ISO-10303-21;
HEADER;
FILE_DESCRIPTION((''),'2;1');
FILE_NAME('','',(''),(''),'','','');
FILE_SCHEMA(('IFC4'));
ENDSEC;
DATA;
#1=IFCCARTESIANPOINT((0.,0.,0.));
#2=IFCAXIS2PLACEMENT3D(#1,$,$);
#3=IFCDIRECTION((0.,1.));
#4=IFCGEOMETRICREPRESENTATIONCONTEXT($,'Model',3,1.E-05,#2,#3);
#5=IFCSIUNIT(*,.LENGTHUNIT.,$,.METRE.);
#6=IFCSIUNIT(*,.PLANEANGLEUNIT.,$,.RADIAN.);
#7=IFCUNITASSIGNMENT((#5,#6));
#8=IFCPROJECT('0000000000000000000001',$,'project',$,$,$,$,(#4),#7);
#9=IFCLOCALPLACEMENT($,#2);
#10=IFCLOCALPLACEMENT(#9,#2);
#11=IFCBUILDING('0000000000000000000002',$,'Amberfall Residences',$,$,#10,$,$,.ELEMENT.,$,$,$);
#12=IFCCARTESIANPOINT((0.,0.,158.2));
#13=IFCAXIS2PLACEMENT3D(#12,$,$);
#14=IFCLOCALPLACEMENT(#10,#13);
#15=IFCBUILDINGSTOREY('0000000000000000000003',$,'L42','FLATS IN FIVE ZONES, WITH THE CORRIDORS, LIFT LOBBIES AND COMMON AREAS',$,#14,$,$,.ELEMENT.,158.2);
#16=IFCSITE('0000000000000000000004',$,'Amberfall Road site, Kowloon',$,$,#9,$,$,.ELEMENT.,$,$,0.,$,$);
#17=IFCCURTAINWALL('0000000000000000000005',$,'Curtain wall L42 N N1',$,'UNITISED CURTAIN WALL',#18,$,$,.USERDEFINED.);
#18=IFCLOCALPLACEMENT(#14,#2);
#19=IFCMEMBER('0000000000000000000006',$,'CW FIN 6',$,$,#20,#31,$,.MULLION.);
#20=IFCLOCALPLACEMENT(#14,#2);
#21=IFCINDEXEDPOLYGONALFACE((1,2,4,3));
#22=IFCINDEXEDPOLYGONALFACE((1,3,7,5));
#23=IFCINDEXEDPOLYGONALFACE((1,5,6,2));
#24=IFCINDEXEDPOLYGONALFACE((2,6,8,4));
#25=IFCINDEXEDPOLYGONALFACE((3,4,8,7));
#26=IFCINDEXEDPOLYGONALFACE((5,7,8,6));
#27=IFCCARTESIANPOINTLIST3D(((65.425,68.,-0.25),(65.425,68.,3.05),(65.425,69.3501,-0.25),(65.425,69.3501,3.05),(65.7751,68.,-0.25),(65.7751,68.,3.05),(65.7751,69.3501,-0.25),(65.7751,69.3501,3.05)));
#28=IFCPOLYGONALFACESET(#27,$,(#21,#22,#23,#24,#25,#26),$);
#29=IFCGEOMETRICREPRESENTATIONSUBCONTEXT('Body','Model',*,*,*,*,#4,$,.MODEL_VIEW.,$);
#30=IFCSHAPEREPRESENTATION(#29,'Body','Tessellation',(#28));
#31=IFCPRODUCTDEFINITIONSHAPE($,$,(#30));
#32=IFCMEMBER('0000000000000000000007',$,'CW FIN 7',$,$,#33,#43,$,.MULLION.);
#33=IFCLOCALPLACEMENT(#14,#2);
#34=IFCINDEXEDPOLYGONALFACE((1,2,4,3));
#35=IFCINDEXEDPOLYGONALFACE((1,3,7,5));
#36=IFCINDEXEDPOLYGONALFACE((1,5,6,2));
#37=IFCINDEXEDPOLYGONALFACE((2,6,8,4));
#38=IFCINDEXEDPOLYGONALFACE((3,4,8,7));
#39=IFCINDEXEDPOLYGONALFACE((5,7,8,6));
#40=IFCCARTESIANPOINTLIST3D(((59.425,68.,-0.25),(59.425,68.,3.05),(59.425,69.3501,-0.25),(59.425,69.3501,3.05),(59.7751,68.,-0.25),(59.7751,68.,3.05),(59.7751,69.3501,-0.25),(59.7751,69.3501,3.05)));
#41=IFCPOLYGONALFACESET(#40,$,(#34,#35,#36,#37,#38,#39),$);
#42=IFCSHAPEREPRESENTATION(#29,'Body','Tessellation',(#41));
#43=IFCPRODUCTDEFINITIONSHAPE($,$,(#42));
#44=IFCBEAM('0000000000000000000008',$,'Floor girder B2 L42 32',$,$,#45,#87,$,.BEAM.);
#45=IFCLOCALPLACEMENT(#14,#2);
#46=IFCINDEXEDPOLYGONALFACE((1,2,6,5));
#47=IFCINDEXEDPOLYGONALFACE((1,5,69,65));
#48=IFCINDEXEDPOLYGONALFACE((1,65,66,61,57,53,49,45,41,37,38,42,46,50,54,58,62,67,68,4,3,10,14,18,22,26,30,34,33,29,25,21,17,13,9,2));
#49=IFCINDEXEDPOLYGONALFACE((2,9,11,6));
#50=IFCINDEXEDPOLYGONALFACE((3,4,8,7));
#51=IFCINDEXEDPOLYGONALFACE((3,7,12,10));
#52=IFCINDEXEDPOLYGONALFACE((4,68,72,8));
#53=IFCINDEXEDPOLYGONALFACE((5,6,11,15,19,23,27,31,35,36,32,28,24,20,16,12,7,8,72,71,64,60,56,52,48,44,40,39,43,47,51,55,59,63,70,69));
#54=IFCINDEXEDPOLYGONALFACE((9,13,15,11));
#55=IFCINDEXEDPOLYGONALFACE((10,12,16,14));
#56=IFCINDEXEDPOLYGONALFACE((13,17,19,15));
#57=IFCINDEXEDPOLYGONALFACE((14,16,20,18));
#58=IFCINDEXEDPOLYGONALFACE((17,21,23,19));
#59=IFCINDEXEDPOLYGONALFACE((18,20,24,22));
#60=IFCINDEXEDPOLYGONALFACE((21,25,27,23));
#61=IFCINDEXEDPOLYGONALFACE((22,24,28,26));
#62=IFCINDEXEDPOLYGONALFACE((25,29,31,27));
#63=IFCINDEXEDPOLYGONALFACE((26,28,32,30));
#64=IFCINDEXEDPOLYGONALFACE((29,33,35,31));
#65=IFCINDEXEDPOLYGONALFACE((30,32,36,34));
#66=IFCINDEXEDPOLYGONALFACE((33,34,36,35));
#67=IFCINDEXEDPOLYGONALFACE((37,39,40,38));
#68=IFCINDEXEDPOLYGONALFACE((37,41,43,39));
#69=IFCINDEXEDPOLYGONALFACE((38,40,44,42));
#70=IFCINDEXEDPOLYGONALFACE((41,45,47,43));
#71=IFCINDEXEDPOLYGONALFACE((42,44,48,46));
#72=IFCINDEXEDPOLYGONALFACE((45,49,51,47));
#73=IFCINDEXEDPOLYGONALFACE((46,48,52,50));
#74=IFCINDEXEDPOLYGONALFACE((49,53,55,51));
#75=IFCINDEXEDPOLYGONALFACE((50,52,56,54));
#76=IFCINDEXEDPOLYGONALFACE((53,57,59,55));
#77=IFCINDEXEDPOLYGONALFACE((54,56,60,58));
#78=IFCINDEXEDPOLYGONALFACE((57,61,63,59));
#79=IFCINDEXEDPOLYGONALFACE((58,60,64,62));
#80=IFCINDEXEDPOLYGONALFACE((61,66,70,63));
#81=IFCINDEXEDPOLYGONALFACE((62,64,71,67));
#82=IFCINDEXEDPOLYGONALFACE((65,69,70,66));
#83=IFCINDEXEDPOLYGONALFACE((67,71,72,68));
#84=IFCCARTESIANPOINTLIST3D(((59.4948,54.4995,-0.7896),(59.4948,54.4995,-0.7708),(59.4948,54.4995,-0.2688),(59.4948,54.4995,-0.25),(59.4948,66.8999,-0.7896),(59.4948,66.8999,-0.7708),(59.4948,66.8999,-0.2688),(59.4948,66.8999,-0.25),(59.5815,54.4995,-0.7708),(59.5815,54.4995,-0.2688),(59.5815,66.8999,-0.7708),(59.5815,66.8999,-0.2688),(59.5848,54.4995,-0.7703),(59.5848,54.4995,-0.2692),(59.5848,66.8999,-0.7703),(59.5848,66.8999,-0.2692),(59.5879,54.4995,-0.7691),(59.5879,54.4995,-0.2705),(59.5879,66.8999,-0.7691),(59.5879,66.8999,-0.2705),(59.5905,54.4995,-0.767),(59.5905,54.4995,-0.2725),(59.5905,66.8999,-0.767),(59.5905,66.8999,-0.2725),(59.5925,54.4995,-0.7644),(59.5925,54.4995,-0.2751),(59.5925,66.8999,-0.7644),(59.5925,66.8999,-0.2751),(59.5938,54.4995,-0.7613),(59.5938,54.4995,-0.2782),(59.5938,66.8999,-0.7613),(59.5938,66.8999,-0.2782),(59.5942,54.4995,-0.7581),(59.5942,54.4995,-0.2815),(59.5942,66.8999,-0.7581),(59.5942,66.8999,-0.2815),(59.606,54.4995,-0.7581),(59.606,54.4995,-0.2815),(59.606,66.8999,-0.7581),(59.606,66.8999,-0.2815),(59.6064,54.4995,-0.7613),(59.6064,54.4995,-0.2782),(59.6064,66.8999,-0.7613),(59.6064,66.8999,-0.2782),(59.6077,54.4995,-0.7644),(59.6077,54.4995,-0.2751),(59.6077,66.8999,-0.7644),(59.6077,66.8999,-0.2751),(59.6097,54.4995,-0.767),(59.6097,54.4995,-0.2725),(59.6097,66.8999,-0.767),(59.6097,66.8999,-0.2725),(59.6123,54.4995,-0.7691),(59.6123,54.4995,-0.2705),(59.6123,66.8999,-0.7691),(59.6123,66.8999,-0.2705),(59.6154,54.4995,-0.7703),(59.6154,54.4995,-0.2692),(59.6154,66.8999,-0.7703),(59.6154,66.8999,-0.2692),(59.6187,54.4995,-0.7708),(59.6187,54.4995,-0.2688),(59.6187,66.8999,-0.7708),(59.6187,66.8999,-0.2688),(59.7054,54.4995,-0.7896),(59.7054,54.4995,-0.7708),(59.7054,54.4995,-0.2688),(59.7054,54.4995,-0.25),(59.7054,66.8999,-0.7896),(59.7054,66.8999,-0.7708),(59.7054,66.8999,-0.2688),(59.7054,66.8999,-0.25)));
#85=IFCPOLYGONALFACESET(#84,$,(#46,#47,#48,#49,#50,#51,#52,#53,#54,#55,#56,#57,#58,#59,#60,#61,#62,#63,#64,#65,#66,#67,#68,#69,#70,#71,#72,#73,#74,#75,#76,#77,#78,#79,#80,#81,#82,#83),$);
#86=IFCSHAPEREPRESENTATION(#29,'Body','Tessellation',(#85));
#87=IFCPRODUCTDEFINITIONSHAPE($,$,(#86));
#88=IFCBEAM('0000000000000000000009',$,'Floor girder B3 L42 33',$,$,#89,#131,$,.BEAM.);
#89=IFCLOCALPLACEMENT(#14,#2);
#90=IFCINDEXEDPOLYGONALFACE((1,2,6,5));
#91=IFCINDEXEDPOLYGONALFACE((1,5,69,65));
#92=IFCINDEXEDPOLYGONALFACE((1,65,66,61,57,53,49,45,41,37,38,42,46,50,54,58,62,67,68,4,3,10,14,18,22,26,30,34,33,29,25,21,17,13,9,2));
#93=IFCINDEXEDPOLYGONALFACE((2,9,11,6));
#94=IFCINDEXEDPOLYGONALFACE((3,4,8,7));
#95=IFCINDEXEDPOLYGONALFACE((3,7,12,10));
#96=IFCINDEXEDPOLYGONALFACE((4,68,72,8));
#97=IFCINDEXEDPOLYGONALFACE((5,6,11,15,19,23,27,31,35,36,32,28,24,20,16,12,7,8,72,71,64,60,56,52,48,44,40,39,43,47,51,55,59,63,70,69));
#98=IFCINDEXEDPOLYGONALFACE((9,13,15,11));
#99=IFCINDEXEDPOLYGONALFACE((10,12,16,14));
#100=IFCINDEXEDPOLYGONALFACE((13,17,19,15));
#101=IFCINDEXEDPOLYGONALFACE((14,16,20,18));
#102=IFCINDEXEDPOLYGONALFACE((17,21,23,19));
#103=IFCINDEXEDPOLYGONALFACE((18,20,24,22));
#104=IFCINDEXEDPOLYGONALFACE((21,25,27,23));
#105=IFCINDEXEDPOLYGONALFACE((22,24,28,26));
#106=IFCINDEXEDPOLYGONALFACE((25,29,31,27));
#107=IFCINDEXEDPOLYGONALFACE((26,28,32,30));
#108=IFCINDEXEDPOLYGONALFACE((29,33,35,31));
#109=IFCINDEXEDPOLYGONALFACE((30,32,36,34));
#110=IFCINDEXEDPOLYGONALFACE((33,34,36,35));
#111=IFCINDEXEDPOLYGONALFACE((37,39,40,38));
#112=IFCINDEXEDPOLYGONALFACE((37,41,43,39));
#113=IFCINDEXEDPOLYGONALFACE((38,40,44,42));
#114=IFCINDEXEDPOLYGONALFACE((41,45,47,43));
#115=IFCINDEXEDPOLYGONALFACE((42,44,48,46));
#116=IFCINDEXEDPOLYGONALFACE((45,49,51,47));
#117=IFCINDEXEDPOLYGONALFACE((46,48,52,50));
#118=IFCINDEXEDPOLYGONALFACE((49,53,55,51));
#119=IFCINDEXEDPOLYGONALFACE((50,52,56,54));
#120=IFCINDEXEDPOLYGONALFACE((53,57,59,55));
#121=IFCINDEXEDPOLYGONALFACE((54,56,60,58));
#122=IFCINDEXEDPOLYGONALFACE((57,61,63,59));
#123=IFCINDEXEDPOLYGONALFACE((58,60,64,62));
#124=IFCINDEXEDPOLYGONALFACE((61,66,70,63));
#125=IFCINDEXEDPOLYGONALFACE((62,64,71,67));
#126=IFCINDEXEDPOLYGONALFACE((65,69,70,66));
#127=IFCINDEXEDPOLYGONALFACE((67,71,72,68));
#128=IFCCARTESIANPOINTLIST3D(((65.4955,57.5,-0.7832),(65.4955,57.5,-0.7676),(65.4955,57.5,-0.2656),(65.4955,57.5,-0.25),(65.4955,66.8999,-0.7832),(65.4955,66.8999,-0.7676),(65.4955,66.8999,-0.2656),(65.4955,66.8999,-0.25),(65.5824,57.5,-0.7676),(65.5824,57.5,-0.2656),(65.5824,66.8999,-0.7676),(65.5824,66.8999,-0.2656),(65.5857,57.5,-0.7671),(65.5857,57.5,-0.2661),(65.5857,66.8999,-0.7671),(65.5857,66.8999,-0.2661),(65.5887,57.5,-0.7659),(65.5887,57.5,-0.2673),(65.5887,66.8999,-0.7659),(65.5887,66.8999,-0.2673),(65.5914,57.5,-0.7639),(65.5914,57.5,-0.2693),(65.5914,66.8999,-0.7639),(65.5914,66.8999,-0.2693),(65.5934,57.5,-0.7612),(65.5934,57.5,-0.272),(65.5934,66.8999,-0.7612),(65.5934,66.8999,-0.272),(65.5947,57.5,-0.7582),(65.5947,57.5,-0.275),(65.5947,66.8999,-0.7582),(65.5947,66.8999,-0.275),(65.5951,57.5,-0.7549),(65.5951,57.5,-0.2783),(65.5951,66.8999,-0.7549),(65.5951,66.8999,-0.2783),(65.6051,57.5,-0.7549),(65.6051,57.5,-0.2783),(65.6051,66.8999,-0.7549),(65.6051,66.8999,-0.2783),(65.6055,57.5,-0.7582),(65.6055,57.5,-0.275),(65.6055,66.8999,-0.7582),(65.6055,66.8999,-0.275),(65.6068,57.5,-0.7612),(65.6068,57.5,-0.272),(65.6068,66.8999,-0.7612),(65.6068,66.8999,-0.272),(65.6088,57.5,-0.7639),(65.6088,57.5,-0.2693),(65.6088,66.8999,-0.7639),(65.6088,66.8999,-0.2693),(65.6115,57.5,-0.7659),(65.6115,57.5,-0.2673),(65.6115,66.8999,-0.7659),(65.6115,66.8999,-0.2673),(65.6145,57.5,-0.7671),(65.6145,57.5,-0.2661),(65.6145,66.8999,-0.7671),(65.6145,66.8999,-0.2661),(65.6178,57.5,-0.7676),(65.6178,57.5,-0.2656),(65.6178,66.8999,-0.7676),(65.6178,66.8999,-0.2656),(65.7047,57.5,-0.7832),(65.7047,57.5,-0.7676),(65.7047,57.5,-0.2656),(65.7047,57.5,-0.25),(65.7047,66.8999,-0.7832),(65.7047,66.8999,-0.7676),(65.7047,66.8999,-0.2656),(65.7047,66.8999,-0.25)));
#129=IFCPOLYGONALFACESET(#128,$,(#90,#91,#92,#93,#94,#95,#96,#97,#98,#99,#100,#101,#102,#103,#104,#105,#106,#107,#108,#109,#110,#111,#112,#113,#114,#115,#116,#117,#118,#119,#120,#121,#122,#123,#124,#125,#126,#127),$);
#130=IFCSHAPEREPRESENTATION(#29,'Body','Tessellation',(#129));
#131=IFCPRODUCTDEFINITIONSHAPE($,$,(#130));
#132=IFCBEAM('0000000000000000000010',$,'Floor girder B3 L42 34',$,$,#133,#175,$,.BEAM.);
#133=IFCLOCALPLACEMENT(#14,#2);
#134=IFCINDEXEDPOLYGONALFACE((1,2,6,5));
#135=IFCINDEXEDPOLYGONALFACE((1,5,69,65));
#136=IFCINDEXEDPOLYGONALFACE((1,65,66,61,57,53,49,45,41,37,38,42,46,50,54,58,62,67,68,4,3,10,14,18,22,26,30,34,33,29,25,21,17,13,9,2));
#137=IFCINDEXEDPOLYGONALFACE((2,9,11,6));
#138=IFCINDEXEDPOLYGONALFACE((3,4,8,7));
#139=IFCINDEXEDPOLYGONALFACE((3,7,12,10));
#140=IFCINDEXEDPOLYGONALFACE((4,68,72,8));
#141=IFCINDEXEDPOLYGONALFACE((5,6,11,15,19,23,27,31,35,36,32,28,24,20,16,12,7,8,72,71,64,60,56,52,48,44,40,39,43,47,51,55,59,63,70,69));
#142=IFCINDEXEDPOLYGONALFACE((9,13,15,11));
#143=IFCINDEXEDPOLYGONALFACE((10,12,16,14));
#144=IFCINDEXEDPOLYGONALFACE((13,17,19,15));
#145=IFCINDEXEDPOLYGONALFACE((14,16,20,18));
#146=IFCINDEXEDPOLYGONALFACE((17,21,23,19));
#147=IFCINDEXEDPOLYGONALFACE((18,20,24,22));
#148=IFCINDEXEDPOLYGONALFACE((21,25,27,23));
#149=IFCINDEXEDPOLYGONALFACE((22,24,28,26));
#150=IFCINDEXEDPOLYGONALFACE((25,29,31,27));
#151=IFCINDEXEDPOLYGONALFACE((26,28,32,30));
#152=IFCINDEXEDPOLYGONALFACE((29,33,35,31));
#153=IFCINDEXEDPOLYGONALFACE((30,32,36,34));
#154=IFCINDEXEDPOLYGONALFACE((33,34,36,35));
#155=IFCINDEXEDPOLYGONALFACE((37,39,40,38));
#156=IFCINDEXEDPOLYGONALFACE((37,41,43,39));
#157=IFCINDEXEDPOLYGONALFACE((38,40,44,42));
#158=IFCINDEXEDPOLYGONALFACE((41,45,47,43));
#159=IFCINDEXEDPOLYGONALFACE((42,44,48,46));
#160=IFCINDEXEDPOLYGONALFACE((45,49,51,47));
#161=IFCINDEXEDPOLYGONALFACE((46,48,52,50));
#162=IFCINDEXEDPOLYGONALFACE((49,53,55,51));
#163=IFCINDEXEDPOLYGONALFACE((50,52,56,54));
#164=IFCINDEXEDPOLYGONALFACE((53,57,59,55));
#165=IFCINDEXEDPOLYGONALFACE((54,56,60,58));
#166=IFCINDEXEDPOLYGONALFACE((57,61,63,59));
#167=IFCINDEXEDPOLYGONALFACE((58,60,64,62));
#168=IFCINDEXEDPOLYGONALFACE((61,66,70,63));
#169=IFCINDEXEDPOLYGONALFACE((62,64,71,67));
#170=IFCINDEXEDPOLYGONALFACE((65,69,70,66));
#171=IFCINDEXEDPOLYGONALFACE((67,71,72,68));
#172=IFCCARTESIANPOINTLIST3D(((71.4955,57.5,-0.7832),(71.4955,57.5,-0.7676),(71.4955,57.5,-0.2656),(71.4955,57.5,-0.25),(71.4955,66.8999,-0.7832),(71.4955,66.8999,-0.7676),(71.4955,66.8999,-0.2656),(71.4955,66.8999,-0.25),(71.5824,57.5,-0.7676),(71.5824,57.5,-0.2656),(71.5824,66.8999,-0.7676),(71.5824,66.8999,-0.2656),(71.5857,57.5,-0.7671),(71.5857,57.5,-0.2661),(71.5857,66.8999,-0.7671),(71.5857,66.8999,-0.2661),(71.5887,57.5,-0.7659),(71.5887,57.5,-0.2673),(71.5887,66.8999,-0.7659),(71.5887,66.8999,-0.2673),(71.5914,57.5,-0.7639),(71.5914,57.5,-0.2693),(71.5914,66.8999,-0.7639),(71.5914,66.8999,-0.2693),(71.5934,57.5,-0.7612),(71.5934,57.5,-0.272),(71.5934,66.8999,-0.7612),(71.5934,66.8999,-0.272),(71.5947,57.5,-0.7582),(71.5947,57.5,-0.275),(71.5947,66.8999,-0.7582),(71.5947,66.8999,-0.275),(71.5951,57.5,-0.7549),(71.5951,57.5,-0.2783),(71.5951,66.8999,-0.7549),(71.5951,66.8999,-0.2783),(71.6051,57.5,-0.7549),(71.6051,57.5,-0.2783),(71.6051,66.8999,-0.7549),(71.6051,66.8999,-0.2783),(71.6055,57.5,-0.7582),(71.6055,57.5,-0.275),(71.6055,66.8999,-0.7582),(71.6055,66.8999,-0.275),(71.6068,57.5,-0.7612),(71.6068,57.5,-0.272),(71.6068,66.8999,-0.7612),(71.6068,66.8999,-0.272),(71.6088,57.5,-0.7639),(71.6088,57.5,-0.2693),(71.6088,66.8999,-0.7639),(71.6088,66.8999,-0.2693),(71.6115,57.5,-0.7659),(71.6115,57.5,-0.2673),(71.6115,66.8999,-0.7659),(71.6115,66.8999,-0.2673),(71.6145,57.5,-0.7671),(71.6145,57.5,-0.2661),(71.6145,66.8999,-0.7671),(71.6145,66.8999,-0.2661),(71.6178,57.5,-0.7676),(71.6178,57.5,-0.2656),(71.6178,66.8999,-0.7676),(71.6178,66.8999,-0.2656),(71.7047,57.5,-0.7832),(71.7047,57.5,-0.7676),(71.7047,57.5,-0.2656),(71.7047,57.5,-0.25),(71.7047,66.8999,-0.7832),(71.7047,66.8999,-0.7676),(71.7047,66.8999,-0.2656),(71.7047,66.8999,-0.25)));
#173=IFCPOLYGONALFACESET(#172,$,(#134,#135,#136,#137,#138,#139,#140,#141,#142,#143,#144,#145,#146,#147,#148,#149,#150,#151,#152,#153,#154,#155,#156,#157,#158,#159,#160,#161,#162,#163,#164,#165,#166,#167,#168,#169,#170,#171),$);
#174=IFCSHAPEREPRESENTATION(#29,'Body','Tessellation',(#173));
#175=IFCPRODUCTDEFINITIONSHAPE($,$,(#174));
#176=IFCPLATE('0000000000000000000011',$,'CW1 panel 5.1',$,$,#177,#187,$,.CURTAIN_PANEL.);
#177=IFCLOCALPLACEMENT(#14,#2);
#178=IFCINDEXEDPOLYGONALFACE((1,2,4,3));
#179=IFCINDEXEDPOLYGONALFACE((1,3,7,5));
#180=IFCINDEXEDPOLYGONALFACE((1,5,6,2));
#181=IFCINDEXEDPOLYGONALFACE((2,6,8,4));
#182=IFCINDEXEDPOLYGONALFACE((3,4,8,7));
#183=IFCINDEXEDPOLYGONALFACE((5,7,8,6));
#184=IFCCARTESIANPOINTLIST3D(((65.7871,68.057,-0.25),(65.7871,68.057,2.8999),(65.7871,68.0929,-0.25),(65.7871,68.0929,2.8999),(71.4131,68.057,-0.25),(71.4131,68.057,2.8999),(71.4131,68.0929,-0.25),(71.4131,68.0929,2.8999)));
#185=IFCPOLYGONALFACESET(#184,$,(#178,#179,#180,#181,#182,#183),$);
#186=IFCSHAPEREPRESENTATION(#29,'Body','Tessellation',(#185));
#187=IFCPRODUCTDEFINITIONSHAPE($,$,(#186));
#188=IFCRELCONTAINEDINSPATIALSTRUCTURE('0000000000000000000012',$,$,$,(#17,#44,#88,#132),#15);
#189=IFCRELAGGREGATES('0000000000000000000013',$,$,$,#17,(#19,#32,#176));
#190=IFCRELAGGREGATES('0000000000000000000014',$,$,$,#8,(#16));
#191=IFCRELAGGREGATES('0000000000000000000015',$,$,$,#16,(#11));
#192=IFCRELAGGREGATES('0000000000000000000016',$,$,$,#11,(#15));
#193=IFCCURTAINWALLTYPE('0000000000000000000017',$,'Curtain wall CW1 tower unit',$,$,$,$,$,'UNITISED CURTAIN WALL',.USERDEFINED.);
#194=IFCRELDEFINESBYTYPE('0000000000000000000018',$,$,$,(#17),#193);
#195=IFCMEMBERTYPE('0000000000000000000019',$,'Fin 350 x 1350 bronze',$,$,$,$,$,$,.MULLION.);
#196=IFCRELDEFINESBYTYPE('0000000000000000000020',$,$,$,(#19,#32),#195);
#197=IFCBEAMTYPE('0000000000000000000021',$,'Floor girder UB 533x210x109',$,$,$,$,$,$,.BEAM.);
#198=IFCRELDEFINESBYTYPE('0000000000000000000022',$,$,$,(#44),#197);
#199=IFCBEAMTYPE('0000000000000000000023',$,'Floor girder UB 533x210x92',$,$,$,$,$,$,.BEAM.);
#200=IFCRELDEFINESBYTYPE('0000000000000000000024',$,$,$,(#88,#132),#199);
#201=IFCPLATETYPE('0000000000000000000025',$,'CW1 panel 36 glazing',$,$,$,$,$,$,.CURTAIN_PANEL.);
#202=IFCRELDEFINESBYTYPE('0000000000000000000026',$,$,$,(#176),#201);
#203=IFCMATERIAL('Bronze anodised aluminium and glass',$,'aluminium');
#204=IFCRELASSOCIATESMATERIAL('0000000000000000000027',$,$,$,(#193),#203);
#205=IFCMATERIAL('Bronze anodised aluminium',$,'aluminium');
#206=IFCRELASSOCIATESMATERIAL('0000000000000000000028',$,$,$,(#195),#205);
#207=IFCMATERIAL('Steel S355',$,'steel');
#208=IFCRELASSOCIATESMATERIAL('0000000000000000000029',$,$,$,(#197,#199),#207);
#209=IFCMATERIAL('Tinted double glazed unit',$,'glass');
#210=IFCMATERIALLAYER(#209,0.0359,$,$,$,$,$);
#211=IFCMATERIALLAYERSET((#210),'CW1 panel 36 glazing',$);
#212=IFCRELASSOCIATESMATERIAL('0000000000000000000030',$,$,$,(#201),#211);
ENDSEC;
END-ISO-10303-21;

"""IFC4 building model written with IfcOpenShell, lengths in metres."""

from ifc_helpers import new_model, si_unit, direction, frame, origin, origin_2d, place, context, subcontext, project, spatial, rectangle, i_section, extrude, material, layer, layer_set, material_profile, profile_set, type_object, element, aggregate, save


model = new_model("IFC4")

# Units and contexts
model_context = context("Model", 3, precision=1e-05, world=origin(), true_north=direction((0.0, 1.0)))
body_context = subcontext(model_context, "Body", "Model", "MODEL_VIEW")
ifc_project = project(units=[si_unit("LENGTHUNIT", "METRE"), si_unit("PLANEANGLEUNIT", "RADIAN")], contexts=[model_context])

# Site, building, storey
site_placement = place(None, origin())
site = spatial("IfcSite", under=ifc_project, at=site_placement, Name="Amberfall Road site, Kowloon", CompositionType="ELEMENT", RefElevation=0.0)
building_placement = place(site_placement, origin())
building = spatial("IfcBuilding", under=site, at=building_placement, Name="Amberfall Residences", CompositionType="ELEMENT")
storey_placement = place(building_placement, frame((0.0, 0.0, 158.2)))
storey = spatial("IfcBuildingStorey", under=building, at=storey_placement, Name="L42", Description="FLATS IN FIVE ZONES, WITH THE CORRIDORS, LIFT LOBBIES AND COMMON AREAS", CompositionType="ELEMENT", Elevation=158.2)

# Curtain wall
ifc_material_1 = material(Name="Bronze anodised aluminium and glass", Category="aluminium")
curtain_wall_type = type_object("IfcCurtainWallType", Name="Curtain wall CW1 tower unit", ElementType="UNITISED CURTAIN WALL", PredefinedType="USERDEFINED", material=ifc_material_1)
curtain_wall_placement = place(storey_placement, origin())
curtain_wall = element("IfcCurtainWall", 1, at=curtain_wall_placement, inside=storey, type_object=curtain_wall_type, Name="Curtain wall L42 N N1", ObjectType="UNITISED CURTAIN WALL", PredefinedType="USERDEFINED")
ifc_material_2 = material(Name="Bronze anodised aluminium", Category="aluminium")

# Shared definitions
ifc_material_3 = material(Name="Steel S355", Category="steel")

# Members
ifc_material_profile_1 = material_profile(ifc_material_2, rectangle(XDim=1.3501, YDim=0.3501, at=origin_2d()), Name="Fin 350 x 1350 bronze")
ifc_profile_set_1 = profile_set([ifc_material_profile_1], Name="Bronze anodised aluminium")
member_type_1 = type_object("IfcMemberType", Name="Fin 350 x 1350 bronze", PredefinedType="MULLION", material=ifc_profile_set_1)
member_1_placement = place(storey_placement, frame((65.6001, 68.675, -0.25), z_axis=(0.0, 0.0, 1.0), x_axis=(0.0, -1.0, 0.0)))
member_1 = element("IfcMember", 2, at=member_1_placement, type_object=member_type_1, Name="CW FIN 6", PredefinedType="MULLION", context=body_context, shape_type="SweptSolid", body=[
    extrude(rectangle(XDim=1.3501, YDim=0.3501, at=origin_2d()), origin(), (0.0, 0.0, 1.0), 3.3),
])
member_2_placement = place(storey_placement, frame((59.6001, 68.675, -0.25), z_axis=(0.0, 0.0, 1.0), x_axis=(0.0, -1.0, 0.0)))
member_2 = element("IfcMember", 3, at=member_2_placement, type_object=member_type_1, Name="CW FIN 7", PredefinedType="MULLION", context=body_context, shape_type="SweptSolid", body=[
    extrude(rectangle(XDim=1.3501, YDim=0.3501, at=origin_2d()), origin(), (0.0, 0.0, 1.0), 3.3),
])

# Beams
ifc_material_profile_2 = material_profile(ifc_material_3, i_section(OverallWidth=0.2107, OverallDepth=0.5396, WebThickness=0.0117, FlangeThickness=0.0188, FilletRadius=0.0127, at=origin_2d()), Name="UB 533x210x109")
ifc_profile_set_2 = profile_set([ifc_material_profile_2], Name="Steel S355")
beam_type_1 = type_object("IfcBeamType", Name="Floor girder UB 533x210x109", PredefinedType="BEAM", material=ifc_profile_set_2)
beam_placement = place(storey_placement, frame((59.6001, 66.8999, -0.5198), z_axis=(0.0, -1.0, 0.0), x_axis=(1.0, 0.0, 0.0)))
element("IfcBeam", 4, at=beam_placement, inside=storey, type_object=beam_type_1, Name="Floor girder B2 L42 32", PredefinedType="BEAM", context=body_context, shape_type="SweptSolid", body=[
    extrude(i_section(OverallWidth=0.2107, OverallDepth=0.5396, WebThickness=0.0117, FlangeThickness=0.0188, FilletRadius=0.0127, at=origin_2d()), origin(), (0.0, 0.0, 1.0), 12.4004),
])
ifc_material_profile_3 = material_profile(ifc_material_3, i_section(OverallWidth=0.2092, OverallDepth=0.5332, WebThickness=0.01, FlangeThickness=0.0156, FilletRadius=0.0127, at=origin_2d()), Name="UB 533x210x92")
ifc_profile_set_3 = profile_set([ifc_material_profile_3], Name="Steel S355")
beam_type_2 = type_object("IfcBeamType", Name="Floor girder UB 533x210x92", PredefinedType="BEAM", material=ifc_profile_set_3)
for number, where, z_axis, x_axis, name in (
    (5, (65.6001, 66.8999, -0.5166), (0.0, -1.0, 0.0), (1.0, 0.0, 0.0), "Floor girder B3 L42 33"),
    (6, (71.6001, 66.8999, -0.5166), (0.0, -1.0, 0.0), (1.0, 0.0, 0.0), "Floor girder B3 L42 34"),
):
    element("IfcBeam", number, at=place(storey_placement, frame(where, z_axis=z_axis, x_axis=x_axis)), inside=storey, type_object=beam_type_2, Name=name, PredefinedType="BEAM", context=body_context, shape_type="SweptSolid", body=[
        extrude(i_section(OverallWidth=0.2092, OverallDepth=0.5332, WebThickness=0.01, FlangeThickness=0.0156, FilletRadius=0.0127, at=origin_2d()), origin(), (0.0, 0.0, 1.0), 9.3999),
    ])

# Plate
ifc_material_4 = material(Name="Tinted double glazed unit", Category="glass")
ifc_layer_1 = layer(ifc_material_4, 0.0359)
ifc_layer_set_1 = layer_set([ifc_layer_1], Name="CW1 panel 36 glazing")
plate_type = type_object("IfcPlateType", Name="CW1 panel 36 glazing", PredefinedType="CURTAIN_PANEL", material=ifc_layer_set_1)
plate_1_placement = place(storey_placement, frame((68.6001, 68.075, -0.25), z_axis=(0.0, 0.0, 1.0), x_axis=(-1.0, 0.0, 0.0)))
plate_1 = element("IfcPlate", 7, at=plate_1_placement, type_object=plate_type, Name="CW1 panel 5.1", PredefinedType="CURTAIN_PANEL", context=body_context, shape_type="SweptSolid", body=[
    extrude(rectangle(XDim=5.626, YDim=0.0359, at=origin_2d()), origin(), (0.0, 0.0, 1.0), 3.1499),
])
aggregate(curtain_wall, [member_1, member_2, plate_1])

save(model, "model.ifc")
